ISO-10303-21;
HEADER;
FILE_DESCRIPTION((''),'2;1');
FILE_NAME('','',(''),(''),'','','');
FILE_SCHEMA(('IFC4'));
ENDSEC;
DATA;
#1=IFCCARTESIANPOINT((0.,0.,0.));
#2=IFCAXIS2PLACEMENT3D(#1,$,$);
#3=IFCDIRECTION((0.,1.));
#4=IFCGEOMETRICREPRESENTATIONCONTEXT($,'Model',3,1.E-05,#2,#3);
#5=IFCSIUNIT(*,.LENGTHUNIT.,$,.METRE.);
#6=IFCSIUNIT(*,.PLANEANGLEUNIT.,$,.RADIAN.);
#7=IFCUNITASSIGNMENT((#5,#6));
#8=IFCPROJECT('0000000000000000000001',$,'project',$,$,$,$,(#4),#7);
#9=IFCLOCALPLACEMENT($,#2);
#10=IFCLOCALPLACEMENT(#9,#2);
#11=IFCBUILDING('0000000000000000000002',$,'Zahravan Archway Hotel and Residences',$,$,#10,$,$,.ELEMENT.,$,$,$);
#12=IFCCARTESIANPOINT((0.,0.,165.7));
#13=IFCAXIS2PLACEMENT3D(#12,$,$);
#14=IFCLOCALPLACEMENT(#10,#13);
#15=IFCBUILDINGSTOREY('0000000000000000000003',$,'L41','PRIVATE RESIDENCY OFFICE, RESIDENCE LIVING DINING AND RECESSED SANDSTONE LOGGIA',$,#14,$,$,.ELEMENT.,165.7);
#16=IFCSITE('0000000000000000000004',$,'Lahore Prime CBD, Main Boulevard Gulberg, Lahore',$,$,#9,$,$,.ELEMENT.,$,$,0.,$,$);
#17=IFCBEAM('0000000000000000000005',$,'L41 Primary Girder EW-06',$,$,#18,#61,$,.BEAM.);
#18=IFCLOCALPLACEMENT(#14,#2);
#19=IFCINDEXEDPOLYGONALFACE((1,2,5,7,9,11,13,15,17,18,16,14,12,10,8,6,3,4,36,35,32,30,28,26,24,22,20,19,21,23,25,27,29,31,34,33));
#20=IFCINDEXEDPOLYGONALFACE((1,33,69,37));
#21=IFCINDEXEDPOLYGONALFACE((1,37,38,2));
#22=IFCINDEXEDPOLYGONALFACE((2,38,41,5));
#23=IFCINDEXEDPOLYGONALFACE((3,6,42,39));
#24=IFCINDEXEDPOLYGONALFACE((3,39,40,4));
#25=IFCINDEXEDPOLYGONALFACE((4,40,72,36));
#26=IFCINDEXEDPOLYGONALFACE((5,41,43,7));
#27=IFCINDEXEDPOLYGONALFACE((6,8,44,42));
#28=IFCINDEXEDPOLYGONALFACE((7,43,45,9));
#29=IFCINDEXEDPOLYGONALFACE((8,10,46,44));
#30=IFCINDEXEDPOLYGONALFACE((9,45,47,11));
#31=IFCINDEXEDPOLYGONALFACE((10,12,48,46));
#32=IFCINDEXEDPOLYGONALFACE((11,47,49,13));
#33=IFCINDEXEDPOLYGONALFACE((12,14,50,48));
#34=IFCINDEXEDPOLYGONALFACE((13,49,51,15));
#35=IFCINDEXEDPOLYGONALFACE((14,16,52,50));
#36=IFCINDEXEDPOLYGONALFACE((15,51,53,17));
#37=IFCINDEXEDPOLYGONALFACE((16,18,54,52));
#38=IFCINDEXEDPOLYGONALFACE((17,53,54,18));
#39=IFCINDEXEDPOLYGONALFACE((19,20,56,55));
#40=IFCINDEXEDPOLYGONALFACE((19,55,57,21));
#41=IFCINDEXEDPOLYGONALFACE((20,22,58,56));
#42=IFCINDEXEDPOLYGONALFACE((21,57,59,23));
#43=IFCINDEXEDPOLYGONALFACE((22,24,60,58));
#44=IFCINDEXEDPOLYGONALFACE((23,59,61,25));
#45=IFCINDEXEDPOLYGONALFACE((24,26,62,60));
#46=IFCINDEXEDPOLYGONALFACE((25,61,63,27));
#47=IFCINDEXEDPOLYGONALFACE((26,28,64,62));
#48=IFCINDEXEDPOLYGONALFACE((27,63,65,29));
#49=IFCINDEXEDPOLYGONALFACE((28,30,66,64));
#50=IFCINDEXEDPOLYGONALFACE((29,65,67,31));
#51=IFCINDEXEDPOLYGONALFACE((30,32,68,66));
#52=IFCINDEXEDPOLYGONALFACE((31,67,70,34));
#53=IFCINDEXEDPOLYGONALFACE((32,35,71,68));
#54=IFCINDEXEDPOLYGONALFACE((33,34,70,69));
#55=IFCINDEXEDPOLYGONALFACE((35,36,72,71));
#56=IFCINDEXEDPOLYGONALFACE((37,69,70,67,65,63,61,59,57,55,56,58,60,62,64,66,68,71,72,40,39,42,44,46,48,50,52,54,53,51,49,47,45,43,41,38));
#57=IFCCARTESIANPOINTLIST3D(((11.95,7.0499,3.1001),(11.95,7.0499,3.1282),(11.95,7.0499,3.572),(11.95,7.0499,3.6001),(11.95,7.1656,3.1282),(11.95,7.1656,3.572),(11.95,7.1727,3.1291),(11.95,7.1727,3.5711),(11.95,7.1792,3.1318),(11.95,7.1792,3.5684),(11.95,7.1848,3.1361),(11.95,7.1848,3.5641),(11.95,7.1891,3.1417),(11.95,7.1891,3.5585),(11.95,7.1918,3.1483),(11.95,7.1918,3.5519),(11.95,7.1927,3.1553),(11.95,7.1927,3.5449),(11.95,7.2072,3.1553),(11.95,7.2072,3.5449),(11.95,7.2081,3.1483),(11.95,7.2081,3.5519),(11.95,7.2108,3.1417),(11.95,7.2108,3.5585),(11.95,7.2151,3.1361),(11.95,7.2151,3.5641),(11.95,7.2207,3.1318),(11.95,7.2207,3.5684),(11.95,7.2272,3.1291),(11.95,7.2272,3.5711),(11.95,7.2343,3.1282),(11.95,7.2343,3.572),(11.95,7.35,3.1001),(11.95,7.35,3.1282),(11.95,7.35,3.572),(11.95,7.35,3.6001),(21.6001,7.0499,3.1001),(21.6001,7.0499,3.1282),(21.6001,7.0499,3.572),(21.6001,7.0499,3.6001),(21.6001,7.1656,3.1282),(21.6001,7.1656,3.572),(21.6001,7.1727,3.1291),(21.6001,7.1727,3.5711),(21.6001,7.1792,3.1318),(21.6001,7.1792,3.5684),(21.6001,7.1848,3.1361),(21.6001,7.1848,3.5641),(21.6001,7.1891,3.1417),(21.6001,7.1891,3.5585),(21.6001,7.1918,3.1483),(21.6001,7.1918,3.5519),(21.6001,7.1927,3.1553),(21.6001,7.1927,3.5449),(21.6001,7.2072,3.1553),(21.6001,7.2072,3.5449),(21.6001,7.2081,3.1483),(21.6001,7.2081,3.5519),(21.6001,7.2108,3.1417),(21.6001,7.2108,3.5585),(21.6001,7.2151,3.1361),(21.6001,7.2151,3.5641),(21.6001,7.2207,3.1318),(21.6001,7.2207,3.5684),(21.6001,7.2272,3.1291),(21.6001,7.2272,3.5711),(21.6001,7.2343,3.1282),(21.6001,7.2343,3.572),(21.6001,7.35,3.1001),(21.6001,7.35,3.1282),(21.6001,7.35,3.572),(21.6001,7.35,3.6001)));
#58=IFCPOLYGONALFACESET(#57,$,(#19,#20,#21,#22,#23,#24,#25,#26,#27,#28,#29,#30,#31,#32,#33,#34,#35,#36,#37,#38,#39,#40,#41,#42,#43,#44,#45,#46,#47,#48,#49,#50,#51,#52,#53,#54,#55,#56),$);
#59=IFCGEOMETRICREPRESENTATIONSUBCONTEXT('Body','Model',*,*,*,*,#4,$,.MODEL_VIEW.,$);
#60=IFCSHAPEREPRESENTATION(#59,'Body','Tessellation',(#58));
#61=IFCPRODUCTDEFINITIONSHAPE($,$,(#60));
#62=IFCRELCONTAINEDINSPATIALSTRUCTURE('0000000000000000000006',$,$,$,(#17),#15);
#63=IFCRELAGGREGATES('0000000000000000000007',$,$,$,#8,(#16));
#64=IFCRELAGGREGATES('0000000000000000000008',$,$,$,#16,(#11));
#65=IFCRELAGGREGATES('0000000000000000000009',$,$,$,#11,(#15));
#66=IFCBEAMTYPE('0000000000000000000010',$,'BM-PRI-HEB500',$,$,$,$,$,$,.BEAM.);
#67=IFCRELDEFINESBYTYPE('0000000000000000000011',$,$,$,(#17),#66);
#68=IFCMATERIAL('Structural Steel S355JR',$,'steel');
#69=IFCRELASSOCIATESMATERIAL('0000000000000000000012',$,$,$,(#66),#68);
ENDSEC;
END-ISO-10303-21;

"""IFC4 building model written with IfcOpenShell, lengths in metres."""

from ifc_helpers import new_model, si_unit, direction, frame, origin, origin_2d, place, context, subcontext, project, spatial, i_section, extrude, source, transform, mapped, material, material_profile, profile_set, type_object, element, save


model = new_model("IFC4")

# Units and contexts
model_context = context("Model", 3, precision=1e-05, world=origin(), true_north=direction((0.0, 1.0)))
body_context = subcontext(model_context, "Body", "Model", "MODEL_VIEW")
ifc_project = project(units=[si_unit("LENGTHUNIT", "METRE"), si_unit("PLANEANGLEUNIT", "RADIAN")], contexts=[model_context])

# Site, building, storey
site_placement = place(None, origin())
site = spatial("IfcSite", under=ifc_project, at=site_placement, Name="Lahore Prime CBD, Main Boulevard Gulberg, Lahore", CompositionType="ELEMENT", RefElevation=0.0)
building_placement = place(site_placement, origin())
building = spatial("IfcBuilding", under=site, at=building_placement, Name="Zahravan Archway Hotel and Residences", CompositionType="ELEMENT")
storey_placement = place(building_placement, frame((0.0, 0.0, 165.7)))
storey = spatial("IfcBuildingStorey", under=building, at=storey_placement, Name="L41", Description="PRIVATE RESIDENCY OFFICE, RESIDENCE LIVING DINING AND RECESSED SANDSTONE LOGGIA", CompositionType="ELEMENT", Elevation=165.7)

# Beam
ifc_material_1 = material(Name="Structural Steel S355JR", Category="steel")
ifc_material_profile = material_profile(ifc_material_1, i_section(OverallWidth=0.3, OverallDepth=0.5, WebThickness=0.0144, FlangeThickness=0.0281, FilletRadius=0.0271, at=origin_2d()), Name="HEB 500", Category="steel")
ifc_profile_set = profile_set([ifc_material_profile], Name="Structural Steel S355JR")
beam_type = type_object("IfcBeamType", Name="BM-PRI-HEB500", PredefinedType="BEAM", material=ifc_profile_set)
shared_shape_1 = source(origin(), body_context, "Body", "SweptSolid", [
    extrude(i_section(OverallWidth=0.3, OverallDepth=0.5, WebThickness=0.0144, FlangeThickness=0.0281, FilletRadius=0.0271, at=origin_2d()), origin(), (0.0, 0.0, 1.0), 9.6501),
])
beam_placement = place(storey_placement, frame((11.95, 7.2, 3.3501), z_axis=(1.0, 0.0, 0.0), x_axis=(0.0, 1.0, 0.0)))
element("IfcBeam", 1, at=beam_placement, inside=storey, type_object=beam_type, Name="L41 Primary Girder EW-06", PredefinedType="BEAM", context=body_context, shape_type="MappedRepresentation", body=[
    mapped(shared_shape_1, transform((0.0, 0.0, 0.0), scale=1.0)),
])

save(model, "model.ifc")
